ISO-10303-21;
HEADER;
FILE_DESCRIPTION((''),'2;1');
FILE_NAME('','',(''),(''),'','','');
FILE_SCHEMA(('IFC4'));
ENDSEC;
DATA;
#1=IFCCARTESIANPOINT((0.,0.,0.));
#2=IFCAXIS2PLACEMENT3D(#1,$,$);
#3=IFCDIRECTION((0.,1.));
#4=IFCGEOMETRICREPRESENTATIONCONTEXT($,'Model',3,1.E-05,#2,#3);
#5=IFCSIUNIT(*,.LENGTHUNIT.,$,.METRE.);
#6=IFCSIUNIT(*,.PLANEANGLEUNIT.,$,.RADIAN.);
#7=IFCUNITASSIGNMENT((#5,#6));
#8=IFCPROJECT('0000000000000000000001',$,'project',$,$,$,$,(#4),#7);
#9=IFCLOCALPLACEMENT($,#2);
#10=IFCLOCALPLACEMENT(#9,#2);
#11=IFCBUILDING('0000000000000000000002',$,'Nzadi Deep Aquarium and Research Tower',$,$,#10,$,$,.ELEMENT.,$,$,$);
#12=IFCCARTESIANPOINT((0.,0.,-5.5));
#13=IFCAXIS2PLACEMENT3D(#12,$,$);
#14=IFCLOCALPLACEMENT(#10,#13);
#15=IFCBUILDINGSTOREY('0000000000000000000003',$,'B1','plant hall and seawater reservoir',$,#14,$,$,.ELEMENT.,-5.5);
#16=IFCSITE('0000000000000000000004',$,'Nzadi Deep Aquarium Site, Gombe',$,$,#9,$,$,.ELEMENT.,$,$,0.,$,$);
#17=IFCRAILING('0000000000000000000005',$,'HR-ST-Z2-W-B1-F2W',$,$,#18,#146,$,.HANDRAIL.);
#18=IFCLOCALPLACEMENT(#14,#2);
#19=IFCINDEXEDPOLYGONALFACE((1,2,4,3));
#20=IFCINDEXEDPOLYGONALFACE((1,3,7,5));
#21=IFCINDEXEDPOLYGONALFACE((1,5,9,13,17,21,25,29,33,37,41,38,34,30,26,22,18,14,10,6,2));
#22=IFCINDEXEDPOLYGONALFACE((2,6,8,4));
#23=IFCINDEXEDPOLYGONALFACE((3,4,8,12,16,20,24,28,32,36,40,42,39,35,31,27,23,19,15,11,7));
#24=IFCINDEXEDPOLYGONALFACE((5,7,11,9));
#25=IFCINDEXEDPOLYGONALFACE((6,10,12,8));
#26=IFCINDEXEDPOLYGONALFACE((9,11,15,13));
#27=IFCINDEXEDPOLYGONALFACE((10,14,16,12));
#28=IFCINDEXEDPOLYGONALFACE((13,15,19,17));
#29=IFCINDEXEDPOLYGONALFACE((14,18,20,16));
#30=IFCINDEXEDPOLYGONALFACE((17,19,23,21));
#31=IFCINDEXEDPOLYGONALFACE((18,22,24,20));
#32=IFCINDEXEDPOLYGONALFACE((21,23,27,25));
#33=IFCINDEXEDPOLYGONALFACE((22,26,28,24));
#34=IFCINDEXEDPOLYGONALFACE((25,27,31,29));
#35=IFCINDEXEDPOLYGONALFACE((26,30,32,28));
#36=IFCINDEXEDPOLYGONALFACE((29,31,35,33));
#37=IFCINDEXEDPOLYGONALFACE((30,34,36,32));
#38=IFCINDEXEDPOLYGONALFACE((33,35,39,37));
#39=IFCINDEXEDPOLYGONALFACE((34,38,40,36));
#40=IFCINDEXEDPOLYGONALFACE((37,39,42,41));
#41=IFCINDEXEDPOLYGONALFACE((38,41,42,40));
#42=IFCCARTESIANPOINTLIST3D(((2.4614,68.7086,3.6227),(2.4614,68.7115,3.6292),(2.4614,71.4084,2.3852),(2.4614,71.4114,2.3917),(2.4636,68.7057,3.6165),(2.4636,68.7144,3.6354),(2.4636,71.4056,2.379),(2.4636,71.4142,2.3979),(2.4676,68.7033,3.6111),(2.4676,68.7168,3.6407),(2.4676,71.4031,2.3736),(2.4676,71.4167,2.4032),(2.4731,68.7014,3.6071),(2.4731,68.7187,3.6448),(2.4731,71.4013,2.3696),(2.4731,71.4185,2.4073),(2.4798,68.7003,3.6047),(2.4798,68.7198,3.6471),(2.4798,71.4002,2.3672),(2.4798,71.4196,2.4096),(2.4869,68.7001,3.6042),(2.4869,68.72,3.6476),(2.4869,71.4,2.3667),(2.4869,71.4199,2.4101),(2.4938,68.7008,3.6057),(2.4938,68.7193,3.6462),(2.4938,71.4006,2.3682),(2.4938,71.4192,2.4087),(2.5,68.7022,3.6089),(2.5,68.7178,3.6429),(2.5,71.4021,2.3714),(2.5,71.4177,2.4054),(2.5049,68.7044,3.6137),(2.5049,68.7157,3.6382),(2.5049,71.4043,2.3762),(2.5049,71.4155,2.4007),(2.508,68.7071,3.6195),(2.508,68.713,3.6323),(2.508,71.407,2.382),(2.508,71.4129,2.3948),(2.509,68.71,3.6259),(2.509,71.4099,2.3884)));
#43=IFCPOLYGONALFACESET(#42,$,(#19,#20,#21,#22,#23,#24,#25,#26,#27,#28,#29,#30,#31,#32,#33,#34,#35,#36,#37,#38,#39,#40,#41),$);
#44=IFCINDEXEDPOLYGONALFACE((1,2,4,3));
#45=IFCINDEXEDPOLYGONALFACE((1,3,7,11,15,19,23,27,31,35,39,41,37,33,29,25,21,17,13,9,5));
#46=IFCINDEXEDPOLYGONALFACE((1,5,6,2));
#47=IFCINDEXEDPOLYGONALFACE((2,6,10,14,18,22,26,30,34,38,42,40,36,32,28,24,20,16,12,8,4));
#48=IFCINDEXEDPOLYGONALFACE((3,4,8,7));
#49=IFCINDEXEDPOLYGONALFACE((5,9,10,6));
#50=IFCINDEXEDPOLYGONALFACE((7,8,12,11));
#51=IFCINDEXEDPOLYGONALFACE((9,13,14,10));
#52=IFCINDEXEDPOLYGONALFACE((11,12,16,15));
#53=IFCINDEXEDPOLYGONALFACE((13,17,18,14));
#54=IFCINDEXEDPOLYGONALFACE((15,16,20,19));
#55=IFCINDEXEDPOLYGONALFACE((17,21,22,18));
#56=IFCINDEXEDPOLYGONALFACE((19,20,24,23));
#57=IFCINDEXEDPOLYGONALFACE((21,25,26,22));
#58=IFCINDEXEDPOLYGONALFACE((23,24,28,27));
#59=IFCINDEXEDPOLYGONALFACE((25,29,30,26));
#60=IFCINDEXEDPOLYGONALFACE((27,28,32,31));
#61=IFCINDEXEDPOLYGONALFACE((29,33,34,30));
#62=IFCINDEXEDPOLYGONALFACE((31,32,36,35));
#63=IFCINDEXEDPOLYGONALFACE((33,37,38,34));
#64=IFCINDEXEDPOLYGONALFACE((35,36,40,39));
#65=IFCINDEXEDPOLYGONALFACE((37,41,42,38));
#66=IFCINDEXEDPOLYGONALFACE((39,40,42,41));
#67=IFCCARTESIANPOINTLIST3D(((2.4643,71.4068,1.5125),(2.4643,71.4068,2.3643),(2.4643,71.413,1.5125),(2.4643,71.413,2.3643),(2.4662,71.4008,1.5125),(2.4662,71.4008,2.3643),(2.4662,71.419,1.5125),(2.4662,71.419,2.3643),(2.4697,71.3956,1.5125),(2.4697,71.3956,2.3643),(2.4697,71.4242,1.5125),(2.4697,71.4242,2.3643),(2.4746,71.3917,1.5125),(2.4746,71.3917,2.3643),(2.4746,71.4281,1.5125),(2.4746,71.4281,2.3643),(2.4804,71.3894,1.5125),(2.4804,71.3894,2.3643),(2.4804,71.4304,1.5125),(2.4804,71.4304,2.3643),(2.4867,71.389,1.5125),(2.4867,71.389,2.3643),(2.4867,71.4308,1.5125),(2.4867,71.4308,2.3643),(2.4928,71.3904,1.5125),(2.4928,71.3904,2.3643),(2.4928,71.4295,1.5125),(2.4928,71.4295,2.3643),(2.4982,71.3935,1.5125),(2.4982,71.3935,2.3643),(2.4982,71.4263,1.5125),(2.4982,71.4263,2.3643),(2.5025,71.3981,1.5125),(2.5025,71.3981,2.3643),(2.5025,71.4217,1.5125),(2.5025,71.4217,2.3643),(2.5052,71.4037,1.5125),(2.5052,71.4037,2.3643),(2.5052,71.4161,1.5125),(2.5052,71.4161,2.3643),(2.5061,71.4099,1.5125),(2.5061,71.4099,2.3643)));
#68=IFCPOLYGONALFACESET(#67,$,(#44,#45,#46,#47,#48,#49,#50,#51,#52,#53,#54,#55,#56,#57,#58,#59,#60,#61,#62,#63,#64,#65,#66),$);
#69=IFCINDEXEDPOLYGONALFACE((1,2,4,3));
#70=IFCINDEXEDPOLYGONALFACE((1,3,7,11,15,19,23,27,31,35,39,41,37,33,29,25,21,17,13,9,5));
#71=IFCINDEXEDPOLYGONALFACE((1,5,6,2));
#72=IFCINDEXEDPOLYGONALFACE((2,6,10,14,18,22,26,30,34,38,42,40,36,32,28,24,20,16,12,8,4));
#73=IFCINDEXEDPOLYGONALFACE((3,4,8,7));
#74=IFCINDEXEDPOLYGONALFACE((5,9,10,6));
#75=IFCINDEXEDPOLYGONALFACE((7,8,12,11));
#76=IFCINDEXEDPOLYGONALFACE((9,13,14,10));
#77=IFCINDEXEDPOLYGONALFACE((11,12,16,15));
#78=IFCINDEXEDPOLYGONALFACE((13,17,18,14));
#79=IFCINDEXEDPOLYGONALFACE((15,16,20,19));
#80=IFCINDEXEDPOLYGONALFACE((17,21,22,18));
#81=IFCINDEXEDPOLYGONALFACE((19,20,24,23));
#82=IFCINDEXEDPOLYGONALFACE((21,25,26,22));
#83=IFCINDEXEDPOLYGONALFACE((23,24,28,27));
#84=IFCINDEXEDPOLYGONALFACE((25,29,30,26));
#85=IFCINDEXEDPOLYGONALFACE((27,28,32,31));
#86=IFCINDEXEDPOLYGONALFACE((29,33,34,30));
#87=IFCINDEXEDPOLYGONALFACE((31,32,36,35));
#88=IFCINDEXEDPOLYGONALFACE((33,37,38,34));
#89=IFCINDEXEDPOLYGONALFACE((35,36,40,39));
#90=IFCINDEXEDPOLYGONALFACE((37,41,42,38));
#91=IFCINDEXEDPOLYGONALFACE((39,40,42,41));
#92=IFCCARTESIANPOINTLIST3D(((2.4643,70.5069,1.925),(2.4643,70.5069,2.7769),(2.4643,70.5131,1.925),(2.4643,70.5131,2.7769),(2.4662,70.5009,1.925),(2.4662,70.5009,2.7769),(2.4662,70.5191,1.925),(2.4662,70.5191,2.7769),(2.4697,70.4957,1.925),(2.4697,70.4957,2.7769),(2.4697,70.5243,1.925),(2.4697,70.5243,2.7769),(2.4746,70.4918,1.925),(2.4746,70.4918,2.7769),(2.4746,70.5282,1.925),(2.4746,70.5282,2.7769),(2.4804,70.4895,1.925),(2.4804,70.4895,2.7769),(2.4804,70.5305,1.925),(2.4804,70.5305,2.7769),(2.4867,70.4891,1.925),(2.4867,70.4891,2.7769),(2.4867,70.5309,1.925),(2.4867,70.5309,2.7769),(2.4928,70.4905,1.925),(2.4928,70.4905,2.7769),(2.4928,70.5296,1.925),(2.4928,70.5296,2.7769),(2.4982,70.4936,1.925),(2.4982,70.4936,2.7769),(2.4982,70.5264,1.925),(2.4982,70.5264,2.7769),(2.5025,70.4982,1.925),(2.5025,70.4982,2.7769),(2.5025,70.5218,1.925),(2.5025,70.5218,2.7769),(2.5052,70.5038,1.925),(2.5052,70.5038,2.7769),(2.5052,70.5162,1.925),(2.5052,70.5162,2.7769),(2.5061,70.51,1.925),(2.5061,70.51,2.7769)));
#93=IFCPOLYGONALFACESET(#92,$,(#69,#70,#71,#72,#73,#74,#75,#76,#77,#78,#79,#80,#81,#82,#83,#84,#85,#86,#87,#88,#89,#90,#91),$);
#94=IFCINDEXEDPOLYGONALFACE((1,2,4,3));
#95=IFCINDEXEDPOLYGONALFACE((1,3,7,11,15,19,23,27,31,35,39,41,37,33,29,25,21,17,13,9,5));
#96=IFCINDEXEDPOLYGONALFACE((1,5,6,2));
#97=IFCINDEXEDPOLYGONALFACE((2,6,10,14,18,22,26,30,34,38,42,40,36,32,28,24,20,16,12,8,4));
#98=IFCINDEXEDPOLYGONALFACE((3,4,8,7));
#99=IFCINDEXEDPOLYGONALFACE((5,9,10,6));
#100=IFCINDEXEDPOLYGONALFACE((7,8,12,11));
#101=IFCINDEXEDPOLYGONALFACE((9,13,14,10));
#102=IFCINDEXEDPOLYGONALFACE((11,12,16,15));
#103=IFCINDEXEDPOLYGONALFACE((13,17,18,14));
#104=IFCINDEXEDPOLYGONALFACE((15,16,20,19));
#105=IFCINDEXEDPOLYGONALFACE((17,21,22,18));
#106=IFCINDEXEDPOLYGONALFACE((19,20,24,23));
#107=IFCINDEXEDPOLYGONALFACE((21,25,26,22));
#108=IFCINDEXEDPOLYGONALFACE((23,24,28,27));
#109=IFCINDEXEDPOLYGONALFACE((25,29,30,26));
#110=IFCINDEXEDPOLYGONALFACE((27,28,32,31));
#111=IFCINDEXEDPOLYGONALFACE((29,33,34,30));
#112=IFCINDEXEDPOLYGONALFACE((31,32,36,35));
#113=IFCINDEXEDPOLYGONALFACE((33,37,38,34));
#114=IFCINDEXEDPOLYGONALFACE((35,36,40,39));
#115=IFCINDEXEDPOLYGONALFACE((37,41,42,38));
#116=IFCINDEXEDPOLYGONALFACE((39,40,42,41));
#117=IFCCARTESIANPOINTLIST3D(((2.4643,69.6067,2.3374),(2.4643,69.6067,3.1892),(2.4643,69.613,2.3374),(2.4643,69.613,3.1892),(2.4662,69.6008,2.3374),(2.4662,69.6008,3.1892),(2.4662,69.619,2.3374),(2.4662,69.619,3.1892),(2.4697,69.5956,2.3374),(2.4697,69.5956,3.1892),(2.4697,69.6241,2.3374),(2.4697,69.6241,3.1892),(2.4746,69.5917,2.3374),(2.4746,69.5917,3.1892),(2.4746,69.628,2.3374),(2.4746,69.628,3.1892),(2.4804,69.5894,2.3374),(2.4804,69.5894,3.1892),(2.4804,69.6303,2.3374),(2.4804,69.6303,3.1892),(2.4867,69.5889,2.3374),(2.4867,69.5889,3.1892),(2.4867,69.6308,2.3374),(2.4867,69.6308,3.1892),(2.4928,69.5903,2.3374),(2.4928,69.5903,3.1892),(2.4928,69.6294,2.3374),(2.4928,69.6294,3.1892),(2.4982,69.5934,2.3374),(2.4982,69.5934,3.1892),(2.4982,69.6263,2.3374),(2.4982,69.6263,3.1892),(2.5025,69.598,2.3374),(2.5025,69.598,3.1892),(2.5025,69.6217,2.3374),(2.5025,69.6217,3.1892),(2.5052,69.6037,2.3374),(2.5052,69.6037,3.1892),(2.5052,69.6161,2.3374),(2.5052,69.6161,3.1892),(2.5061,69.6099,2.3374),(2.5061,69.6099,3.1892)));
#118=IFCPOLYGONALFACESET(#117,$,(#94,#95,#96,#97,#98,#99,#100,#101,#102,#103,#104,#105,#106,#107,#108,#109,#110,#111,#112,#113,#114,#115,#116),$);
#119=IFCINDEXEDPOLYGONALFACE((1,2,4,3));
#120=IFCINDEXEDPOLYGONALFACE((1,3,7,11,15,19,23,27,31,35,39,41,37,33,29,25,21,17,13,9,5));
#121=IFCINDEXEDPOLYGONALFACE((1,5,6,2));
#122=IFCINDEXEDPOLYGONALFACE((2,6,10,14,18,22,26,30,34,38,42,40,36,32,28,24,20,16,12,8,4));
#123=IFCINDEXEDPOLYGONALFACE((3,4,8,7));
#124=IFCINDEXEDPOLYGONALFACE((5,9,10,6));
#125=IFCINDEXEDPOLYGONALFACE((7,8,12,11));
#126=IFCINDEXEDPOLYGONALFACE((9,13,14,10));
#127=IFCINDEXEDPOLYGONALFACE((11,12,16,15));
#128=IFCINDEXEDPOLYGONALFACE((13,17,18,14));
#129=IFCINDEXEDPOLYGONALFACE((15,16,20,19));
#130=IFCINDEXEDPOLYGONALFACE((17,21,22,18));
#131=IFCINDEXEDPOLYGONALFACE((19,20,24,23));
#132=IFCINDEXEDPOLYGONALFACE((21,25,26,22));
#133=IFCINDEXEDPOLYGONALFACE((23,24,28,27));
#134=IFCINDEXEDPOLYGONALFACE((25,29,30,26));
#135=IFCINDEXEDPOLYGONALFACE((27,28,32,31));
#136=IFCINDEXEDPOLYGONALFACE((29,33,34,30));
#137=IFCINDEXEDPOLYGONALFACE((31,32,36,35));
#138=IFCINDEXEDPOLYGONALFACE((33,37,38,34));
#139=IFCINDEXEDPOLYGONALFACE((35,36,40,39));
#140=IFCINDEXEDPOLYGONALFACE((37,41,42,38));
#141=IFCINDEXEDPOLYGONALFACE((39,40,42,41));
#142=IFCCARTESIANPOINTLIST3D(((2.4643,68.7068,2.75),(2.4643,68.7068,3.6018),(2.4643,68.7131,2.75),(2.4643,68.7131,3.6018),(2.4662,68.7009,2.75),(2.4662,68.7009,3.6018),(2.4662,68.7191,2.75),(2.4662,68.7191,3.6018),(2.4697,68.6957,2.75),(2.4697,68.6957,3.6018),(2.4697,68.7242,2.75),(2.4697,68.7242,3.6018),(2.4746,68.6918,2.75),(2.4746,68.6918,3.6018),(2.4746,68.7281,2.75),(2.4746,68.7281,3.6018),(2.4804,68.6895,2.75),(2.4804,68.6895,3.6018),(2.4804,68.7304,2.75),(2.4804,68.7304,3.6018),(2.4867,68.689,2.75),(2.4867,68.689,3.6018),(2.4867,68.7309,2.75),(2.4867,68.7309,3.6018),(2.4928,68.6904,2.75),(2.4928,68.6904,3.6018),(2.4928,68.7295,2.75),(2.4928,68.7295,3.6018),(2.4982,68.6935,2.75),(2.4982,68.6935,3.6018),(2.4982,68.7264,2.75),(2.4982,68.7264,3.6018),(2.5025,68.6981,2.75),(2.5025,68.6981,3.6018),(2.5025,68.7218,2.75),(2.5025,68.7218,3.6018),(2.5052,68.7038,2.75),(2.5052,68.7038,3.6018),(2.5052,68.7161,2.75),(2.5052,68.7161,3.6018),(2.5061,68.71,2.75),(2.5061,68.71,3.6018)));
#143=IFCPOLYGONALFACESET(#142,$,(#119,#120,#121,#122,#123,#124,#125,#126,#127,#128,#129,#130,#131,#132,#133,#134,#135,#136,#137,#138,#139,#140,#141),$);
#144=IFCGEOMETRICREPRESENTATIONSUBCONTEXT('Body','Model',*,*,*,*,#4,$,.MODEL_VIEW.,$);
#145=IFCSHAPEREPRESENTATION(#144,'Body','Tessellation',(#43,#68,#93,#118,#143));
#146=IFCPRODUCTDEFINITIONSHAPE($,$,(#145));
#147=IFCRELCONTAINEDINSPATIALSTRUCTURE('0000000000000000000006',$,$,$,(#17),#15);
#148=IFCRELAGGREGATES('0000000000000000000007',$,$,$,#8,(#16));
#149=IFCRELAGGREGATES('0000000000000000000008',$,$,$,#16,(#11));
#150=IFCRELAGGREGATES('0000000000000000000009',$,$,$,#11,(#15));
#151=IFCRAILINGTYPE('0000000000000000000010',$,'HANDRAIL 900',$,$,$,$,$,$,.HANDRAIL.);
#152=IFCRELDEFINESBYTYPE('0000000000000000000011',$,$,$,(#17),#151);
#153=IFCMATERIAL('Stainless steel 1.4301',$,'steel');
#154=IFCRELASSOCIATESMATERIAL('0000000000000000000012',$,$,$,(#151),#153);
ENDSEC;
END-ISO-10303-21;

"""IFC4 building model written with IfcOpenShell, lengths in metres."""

from ifc_helpers import new_model, si_unit, direction, frame, origin, origin_2d, place, context, subcontext, project, spatial, circle, extrude, material, type_object, element, save


model = new_model("IFC4")

# Units and contexts
model_context = context("Model", 3, precision=1e-05, world=origin(), true_north=direction((0.0, 1.0)))
body_context = subcontext(model_context, "Body", "Model", "MODEL_VIEW")
ifc_project = project(units=[si_unit("LENGTHUNIT", "METRE"), si_unit("PLANEANGLEUNIT", "RADIAN")], contexts=[model_context])

# Site, building, storey
site_placement = place(None, origin())
site = spatial("IfcSite", under=ifc_project, at=site_placement, Name="Nzadi Deep Aquarium Site, Gombe", CompositionType="ELEMENT", RefElevation=0.0)
building_placement = place(site_placement, origin())
building = spatial("IfcBuilding", under=site, at=building_placement, Name="Nzadi Deep Aquarium and Research Tower", CompositionType="ELEMENT")
storey_placement = place(building_placement, frame((0.0, 0.0, -5.5)))
storey = spatial("IfcBuildingStorey", under=building, at=storey_placement, Name="B1", Description="plant hall and seawater reservoir", CompositionType="ELEMENT", Elevation=-5.5)

# Railing
ifc_material_1 = material(Name="Stainless steel 1.4301", Category="steel")
railing_type = type_object("IfcRailingType", Name="HANDRAIL 900", PredefinedType="HANDRAIL", material=ifc_material_1)
for number, where, name in (
    (1, (2.4851, 71.4099, 1.5125), "HR-ST-Z2-W-B1-F2W"),
):
    element("IfcRailing", number, at=place(storey_placement, frame(where)), inside=storey, type_object=railing_type, Name=name, PredefinedType="HANDRAIL", context=body_context, shape_type="SweptSolid", body=[
        extrude(circle(Radius=0.0239, at=origin_2d()), frame((0.0, 0.0, 0.876), z_axis=(0.0, -0.909056, 0.416675), x_axis=(1.0, 0.0, 0.0)), (0.0, 0.0, 1.0), 2.97),
        extrude(circle(Radius=0.021, at=origin_2d()), origin(), (0.0, 0.0, 1.0), 0.8518),
        extrude(circle(Radius=0.021, at=origin_2d()), frame((0.0, -0.8999, 0.4126)), (0.0, 0.0, 1.0), 0.8518),
        extrude(circle(Radius=0.021, at=origin_2d()), frame((0.0, -1.8, 0.825)), (0.0, 0.0, 1.0), 0.8518),
        extrude(circle(Radius=0.021, at=origin_2d()), frame((0.0, -2.7, 1.2375)), (0.0, 0.0, 1.0), 0.8518),
    ])

save(model, "model.ifc")
